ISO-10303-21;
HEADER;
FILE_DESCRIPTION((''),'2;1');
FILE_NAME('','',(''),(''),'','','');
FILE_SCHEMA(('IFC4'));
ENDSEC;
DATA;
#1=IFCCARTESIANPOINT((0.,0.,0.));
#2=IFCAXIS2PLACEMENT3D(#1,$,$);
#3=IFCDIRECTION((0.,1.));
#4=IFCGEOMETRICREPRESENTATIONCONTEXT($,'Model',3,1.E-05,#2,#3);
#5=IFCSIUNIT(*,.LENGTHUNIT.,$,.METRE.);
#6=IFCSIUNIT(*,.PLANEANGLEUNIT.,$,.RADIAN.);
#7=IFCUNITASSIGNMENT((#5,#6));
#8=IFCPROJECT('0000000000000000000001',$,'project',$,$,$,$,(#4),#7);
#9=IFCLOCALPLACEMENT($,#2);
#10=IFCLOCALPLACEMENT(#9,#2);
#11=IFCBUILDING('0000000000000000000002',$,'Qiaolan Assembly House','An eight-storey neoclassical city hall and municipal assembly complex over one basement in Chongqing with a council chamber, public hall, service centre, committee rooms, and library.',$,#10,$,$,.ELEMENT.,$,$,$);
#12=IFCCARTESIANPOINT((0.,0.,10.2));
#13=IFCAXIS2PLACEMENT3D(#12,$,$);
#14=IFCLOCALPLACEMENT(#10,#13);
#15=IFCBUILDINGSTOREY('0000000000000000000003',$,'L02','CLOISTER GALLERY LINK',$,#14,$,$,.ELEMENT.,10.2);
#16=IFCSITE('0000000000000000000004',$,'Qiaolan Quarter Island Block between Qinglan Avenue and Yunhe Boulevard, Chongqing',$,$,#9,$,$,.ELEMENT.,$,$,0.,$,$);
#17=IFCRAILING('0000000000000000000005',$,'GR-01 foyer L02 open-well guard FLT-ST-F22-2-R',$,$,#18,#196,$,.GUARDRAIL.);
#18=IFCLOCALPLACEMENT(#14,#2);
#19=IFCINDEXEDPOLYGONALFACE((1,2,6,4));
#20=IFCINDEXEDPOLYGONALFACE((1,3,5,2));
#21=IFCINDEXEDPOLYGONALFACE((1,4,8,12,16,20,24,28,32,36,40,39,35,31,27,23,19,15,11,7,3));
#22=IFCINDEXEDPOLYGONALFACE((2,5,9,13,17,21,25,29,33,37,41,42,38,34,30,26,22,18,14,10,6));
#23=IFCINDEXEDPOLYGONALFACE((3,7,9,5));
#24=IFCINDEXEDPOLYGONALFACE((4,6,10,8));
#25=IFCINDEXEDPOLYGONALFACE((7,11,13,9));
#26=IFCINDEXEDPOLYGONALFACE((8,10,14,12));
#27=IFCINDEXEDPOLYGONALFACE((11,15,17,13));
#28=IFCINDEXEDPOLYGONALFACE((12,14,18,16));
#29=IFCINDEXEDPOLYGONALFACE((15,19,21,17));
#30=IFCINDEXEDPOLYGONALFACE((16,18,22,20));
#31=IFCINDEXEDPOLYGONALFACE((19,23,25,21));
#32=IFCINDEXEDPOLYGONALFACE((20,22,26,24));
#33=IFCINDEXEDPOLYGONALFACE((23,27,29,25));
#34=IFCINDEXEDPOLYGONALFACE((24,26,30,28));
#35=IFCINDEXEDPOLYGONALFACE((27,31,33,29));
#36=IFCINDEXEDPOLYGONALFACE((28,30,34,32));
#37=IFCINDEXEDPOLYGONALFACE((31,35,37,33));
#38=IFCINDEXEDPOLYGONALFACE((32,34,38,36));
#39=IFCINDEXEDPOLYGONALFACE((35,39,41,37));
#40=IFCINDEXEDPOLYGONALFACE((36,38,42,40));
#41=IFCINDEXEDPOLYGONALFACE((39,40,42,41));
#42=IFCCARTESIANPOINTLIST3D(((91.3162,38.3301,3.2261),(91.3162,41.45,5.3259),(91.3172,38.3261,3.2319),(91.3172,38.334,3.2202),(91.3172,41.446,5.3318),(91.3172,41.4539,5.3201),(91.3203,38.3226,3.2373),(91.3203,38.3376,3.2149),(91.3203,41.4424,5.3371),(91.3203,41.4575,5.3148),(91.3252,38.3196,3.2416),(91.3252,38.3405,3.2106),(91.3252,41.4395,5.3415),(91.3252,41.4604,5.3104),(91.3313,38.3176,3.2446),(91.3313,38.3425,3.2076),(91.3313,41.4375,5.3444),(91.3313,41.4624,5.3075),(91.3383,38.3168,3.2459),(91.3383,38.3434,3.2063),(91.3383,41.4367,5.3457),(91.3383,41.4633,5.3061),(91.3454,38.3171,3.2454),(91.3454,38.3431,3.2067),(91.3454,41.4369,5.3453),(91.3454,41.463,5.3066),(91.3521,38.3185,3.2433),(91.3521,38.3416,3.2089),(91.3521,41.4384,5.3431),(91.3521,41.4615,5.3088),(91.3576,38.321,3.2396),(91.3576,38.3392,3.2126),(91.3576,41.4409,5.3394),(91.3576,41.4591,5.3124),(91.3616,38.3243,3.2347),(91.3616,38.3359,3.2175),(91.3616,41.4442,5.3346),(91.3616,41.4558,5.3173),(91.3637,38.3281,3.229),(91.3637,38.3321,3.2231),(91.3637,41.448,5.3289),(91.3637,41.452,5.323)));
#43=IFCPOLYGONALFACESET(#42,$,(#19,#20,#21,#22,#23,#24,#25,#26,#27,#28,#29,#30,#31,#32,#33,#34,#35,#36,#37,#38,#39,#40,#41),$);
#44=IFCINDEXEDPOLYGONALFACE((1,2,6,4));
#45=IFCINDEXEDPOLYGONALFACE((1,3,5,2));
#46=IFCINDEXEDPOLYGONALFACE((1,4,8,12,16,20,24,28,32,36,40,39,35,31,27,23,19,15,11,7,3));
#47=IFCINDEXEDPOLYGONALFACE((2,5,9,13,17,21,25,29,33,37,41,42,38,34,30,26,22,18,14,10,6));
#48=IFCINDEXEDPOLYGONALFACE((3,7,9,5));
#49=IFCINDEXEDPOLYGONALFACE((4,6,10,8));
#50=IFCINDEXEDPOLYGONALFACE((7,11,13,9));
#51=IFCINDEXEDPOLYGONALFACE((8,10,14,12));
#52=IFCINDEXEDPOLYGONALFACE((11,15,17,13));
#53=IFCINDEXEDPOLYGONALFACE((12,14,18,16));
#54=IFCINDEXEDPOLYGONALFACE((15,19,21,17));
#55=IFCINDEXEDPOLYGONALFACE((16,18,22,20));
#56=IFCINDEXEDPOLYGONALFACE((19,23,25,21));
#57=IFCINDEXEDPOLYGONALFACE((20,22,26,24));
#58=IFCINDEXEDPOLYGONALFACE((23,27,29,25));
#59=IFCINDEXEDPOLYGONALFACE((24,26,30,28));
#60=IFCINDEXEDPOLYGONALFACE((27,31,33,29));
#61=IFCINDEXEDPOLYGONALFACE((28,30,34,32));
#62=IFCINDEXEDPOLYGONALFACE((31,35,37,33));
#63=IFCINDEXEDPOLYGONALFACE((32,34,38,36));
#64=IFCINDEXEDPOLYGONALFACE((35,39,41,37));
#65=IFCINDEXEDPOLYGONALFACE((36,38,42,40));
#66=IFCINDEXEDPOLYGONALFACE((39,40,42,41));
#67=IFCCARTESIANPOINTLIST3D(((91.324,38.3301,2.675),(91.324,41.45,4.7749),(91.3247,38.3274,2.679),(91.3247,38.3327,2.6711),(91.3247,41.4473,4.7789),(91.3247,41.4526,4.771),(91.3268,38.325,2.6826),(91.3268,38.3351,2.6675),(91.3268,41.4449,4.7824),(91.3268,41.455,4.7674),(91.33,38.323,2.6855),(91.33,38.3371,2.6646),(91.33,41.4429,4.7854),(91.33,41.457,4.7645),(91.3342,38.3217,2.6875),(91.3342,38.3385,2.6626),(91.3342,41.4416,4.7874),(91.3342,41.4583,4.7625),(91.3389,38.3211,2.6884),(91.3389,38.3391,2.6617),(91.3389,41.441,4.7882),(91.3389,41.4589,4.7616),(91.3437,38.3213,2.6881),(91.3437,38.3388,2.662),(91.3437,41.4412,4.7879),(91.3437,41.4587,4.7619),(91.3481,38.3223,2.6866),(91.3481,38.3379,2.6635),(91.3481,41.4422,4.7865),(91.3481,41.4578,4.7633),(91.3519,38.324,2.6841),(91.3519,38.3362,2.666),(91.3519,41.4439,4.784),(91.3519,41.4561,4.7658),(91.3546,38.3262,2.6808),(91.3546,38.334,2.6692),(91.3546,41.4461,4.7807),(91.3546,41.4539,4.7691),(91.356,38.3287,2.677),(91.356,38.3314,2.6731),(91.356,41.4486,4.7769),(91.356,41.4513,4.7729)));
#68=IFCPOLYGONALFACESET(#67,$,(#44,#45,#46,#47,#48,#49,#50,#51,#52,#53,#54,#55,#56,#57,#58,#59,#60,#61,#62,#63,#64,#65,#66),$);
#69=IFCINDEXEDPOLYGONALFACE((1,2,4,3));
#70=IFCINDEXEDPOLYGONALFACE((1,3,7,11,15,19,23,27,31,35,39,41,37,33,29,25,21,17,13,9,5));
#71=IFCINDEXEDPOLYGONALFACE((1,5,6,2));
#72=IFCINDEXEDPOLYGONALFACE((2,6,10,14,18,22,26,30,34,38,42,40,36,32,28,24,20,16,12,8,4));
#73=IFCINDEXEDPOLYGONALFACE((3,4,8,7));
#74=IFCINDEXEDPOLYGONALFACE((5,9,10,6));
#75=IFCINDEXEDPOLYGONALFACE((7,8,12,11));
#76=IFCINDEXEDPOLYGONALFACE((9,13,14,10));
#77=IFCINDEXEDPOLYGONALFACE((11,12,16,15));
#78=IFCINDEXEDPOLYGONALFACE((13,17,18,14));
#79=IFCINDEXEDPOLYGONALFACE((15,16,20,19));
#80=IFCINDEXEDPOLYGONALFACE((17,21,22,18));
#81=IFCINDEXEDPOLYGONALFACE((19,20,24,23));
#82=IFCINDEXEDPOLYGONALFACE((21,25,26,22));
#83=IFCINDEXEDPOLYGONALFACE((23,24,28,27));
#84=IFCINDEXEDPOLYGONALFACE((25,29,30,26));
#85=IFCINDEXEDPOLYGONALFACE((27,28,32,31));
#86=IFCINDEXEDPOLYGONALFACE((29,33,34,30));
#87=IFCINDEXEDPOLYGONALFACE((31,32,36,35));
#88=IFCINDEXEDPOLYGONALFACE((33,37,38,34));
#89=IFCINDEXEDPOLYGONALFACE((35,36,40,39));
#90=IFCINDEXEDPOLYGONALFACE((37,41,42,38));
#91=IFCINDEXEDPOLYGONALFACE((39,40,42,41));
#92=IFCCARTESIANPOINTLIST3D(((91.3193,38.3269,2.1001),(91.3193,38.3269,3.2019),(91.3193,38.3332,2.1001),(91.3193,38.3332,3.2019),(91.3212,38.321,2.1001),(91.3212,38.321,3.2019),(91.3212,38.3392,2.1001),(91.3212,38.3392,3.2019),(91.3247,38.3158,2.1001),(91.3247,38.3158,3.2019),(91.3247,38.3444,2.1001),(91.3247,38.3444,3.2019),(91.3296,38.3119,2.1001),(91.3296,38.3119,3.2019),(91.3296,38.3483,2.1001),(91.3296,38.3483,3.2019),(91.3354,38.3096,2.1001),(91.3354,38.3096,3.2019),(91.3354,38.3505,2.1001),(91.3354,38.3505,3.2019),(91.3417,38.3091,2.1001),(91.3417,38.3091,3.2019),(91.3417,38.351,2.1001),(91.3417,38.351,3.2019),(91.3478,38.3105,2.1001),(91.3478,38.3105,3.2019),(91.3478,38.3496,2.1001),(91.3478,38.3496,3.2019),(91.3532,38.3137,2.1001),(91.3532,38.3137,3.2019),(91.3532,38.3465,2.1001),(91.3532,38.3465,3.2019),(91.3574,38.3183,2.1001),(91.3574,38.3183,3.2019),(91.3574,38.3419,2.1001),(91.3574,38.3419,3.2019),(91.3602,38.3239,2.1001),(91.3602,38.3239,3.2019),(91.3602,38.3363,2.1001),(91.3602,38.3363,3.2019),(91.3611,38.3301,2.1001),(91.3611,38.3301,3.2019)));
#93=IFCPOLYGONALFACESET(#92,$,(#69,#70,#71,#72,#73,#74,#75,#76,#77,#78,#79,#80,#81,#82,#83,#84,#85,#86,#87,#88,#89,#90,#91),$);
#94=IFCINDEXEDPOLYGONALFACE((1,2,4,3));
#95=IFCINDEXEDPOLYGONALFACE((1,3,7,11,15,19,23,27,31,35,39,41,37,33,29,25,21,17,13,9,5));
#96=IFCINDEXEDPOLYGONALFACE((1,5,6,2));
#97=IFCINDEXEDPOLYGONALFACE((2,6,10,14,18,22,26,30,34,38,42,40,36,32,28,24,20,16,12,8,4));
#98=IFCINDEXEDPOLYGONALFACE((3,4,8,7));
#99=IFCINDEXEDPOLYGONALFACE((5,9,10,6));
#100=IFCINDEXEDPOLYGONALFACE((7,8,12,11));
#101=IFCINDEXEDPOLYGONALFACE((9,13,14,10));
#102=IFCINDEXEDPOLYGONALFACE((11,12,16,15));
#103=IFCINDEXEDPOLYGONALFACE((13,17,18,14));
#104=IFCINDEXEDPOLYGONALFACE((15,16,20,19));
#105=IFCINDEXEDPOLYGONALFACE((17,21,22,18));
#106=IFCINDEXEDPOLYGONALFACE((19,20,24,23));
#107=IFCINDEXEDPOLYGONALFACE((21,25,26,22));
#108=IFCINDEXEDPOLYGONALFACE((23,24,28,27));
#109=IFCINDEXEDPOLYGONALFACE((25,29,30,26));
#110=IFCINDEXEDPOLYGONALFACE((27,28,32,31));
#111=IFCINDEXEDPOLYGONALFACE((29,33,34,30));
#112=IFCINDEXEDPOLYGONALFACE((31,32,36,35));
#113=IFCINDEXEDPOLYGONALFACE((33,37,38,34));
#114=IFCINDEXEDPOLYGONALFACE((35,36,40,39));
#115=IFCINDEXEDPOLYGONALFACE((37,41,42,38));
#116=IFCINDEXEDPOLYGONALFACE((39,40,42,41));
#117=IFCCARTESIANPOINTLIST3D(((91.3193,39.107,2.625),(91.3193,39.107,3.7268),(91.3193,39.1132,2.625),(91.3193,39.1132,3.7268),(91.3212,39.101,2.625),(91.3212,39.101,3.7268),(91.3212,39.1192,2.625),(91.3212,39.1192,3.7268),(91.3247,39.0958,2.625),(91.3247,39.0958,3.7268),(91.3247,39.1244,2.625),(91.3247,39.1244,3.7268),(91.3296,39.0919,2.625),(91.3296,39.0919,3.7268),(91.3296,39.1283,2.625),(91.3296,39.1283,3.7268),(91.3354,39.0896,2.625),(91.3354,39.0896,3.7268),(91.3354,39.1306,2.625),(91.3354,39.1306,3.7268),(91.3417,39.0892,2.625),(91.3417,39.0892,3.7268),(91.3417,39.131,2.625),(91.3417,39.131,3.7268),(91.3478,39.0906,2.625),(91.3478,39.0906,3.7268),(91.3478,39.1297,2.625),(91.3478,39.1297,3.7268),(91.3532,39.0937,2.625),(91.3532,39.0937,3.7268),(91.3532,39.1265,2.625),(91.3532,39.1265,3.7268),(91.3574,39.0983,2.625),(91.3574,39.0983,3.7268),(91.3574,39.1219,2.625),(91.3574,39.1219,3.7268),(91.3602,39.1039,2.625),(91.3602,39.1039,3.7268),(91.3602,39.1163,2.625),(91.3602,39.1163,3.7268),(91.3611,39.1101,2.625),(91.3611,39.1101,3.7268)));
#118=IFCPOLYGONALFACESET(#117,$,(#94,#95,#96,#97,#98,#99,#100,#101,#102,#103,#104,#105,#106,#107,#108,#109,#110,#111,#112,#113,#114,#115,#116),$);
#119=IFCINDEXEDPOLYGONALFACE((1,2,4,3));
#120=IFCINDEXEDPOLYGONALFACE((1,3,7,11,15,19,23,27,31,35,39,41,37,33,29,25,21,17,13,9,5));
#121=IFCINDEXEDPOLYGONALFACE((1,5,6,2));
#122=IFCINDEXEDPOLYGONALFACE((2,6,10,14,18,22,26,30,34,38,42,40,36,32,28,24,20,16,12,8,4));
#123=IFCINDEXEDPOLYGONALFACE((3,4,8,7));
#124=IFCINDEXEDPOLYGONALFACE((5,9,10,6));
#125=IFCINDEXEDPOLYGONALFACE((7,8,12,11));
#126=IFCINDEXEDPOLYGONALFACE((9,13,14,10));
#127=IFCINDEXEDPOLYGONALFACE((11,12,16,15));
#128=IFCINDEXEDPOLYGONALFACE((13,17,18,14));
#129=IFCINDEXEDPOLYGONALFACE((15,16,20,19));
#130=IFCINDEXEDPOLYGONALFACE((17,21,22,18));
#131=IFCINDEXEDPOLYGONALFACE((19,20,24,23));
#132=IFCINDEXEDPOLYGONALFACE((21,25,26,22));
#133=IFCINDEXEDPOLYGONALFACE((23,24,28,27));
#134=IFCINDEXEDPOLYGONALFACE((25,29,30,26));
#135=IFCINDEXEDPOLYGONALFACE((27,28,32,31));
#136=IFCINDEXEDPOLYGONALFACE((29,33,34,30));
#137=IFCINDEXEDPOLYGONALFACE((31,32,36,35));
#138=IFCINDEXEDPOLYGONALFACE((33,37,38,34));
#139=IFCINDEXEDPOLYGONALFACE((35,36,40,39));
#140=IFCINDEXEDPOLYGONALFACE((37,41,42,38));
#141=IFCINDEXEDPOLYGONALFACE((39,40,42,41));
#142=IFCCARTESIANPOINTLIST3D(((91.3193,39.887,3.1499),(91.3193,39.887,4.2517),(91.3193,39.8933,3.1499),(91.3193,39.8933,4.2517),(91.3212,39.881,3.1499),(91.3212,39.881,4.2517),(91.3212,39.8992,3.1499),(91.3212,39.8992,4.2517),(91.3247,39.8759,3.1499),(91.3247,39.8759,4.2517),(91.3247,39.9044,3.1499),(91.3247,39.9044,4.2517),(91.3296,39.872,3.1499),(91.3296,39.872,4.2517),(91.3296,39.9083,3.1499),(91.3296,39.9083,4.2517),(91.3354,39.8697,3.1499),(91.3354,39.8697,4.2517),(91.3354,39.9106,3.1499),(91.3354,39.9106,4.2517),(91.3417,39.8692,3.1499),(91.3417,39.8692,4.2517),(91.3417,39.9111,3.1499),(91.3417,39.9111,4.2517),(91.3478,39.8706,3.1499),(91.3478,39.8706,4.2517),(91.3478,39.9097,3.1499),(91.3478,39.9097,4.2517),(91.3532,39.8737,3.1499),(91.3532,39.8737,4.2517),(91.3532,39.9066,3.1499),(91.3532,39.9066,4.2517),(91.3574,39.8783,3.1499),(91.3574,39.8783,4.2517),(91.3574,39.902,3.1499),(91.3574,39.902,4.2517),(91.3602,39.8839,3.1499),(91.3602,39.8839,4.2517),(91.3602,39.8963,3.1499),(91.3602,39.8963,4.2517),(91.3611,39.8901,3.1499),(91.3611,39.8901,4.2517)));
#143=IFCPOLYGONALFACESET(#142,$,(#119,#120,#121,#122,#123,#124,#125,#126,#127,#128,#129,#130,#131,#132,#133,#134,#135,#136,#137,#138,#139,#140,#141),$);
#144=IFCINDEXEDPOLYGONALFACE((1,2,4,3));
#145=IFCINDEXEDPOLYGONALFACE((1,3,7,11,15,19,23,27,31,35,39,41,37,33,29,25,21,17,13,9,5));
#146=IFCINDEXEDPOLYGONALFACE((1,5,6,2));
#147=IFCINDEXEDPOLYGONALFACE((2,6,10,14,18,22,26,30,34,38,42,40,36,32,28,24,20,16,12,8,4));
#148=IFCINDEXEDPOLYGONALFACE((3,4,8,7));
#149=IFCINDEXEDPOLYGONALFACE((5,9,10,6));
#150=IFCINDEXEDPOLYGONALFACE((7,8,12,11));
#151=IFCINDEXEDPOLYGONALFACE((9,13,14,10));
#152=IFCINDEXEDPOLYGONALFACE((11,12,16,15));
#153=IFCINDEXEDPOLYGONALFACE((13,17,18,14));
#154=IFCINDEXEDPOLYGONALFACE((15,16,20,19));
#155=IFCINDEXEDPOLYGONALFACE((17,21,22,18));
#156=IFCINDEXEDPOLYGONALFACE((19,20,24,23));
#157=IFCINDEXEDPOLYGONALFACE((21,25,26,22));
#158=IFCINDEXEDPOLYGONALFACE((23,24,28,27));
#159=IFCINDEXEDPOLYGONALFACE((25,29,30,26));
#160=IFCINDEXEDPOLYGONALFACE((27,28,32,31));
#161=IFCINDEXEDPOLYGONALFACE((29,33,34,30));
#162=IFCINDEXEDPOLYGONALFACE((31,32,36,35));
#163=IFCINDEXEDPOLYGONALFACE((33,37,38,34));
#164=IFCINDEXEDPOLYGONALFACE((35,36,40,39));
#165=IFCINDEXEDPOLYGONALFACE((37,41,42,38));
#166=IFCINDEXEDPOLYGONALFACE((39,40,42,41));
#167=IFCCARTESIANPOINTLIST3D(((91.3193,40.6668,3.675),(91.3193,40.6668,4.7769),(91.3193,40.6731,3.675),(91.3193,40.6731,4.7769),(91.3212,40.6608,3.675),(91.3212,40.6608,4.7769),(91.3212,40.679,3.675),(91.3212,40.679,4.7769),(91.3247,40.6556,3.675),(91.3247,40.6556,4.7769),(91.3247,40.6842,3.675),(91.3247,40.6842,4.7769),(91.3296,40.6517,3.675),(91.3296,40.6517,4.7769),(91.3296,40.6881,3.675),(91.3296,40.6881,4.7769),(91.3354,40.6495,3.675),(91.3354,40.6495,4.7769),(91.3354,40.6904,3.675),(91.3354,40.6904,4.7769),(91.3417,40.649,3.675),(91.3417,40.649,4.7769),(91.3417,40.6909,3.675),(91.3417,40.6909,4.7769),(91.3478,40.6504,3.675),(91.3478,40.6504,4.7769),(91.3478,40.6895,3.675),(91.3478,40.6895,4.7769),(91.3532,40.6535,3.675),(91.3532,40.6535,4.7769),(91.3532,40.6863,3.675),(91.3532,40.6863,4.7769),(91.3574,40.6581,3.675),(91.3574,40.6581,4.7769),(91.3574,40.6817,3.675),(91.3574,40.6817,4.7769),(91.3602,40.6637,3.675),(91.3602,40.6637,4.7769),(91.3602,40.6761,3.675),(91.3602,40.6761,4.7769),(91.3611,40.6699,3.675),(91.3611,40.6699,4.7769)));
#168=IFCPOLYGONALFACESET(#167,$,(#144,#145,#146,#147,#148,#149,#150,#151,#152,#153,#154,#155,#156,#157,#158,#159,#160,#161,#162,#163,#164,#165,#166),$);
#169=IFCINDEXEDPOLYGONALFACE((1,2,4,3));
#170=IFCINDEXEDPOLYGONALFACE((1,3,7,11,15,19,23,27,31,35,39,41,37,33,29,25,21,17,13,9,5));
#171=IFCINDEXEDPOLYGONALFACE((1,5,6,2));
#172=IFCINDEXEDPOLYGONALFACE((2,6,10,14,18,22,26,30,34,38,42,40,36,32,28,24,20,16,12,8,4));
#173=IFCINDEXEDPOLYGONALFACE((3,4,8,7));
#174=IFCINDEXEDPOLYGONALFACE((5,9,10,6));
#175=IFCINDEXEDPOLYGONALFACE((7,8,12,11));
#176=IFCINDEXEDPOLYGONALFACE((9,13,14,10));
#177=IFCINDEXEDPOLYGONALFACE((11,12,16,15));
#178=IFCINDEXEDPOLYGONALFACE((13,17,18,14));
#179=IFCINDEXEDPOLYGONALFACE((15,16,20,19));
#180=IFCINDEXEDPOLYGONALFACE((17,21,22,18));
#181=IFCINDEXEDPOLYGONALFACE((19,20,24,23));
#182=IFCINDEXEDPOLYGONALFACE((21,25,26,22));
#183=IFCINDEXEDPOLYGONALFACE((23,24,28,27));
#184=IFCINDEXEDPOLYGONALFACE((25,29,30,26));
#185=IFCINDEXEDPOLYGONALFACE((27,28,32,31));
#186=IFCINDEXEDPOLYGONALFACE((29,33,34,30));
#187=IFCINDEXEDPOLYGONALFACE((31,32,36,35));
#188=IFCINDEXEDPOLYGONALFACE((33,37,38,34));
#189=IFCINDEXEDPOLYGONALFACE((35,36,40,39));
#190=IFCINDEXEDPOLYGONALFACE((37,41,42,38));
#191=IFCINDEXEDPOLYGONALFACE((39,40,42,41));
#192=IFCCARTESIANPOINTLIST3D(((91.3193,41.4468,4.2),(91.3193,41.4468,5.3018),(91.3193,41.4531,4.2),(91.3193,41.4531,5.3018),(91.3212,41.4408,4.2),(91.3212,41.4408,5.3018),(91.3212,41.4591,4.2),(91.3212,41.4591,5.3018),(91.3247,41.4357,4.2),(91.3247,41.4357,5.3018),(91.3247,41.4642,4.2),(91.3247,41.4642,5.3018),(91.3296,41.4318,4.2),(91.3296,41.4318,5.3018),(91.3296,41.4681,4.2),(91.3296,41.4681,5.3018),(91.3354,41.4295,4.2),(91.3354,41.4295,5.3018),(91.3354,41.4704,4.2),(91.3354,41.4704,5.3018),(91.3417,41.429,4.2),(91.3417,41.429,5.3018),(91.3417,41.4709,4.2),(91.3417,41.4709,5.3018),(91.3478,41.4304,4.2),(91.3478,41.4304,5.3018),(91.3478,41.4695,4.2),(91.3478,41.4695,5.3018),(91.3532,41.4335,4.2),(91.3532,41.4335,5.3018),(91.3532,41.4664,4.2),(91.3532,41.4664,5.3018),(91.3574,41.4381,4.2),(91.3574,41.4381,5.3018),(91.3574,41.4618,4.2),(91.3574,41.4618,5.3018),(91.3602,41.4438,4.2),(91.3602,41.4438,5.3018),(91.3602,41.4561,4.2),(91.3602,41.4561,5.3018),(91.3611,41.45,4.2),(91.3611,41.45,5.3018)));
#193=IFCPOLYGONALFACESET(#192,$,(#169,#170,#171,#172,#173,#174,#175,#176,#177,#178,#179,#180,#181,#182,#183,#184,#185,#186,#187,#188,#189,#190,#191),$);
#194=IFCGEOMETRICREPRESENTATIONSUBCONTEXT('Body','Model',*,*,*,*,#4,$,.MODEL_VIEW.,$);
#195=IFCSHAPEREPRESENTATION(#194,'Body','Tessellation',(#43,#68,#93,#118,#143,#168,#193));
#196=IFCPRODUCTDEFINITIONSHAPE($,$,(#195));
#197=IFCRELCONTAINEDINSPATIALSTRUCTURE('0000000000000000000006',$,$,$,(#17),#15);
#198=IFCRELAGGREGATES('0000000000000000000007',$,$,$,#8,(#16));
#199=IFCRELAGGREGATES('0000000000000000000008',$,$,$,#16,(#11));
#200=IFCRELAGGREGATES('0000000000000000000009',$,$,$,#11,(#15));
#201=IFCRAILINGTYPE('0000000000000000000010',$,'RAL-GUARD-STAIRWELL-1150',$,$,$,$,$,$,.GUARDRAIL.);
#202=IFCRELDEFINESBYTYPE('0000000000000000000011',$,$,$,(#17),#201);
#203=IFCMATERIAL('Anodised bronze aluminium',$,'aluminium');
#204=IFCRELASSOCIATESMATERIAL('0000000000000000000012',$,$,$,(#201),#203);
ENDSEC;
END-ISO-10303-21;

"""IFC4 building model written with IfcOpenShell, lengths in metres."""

from ifc_helpers import new_model, si_unit, direction, frame, origin, origin_2d, place, context, subcontext, project, spatial, circle, extrude, material, type_object, element, save


model = new_model("IFC4")

# Units and contexts
model_context = context("Model", 3, precision=1e-05, world=origin(), true_north=direction((0.0, 1.0)))
body_context = subcontext(model_context, "Body", "Model", "MODEL_VIEW")
ifc_project = project(units=[si_unit("LENGTHUNIT", "METRE"), si_unit("PLANEANGLEUNIT", "RADIAN")], contexts=[model_context])

# Site, building, storey
site_placement = place(None, origin())
site = spatial("IfcSite", under=ifc_project, at=site_placement, Name="Qiaolan Quarter Island Block between Qinglan Avenue and Yunhe Boulevard, Chongqing", CompositionType="ELEMENT", RefElevation=0.0)
building_placement = place(site_placement, origin())
building = spatial("IfcBuilding", under=site, at=building_placement, Name="Qiaolan Assembly House", Description="An eight-storey neoclassical city hall and municipal assembly complex over one basement in Chongqing with a council chamber, public hall, service centre, committee rooms, and library.", CompositionType="ELEMENT")
storey_placement = place(building_placement, frame((0.0, 0.0, 10.2)))
storey = spatial("IfcBuildingStorey", under=building, at=storey_placement, Name="L02", Description="CLOISTER GALLERY LINK", CompositionType="ELEMENT", Elevation=10.2)

# Railing
ifc_material_1 = material(Name="Anodised bronze aluminium", Category="aluminium")
railing_type = type_object("IfcRailingType", Name="RAL-GUARD-STAIRWELL-1150", PredefinedType="GUARDRAIL", material=ifc_material_1)
railing_1_placement = place(storey_placement, frame((91.3401, 38.3301, 2.1001)))
element("IfcRailing", 1, at=railing_1_placement, inside=storey, type_object=railing_type, Name="GR-01 foyer L02 open-well guard FLT-ST-F22-2-R", PredefinedType="GUARDRAIL", context=body_context, shape_type="SweptSolid", body=[
    extrude(circle(Radius=0.0239, at=origin_2d()), frame((0.0, 0.0, 1.126), z_axis=(0.0, 0.829595, 0.558365), x_axis=(-1.0, 0.0, 0.0)), (0.0, 0.0, 1.0), 3.7607),
    extrude(circle(Radius=0.0161, at=origin_2d()), frame((0.0, 0.0, 0.575), z_axis=(0.0, 0.829595, 0.558365), x_axis=(-1.0, 0.0, 0.0)), (0.0, 0.0, 1.0), 3.7607),
    extrude(circle(Radius=0.021, at=origin_2d()), origin(), (0.0, 0.0, 1.0), 1.1018),
    extrude(circle(Radius=0.021, at=origin_2d()), frame((0.0, 0.78, 0.5249)), (0.0, 0.0, 1.0), 1.1018),
    extrude(circle(Radius=0.021, at=origin_2d()), frame((0.0, 1.5601, 1.0498)), (0.0, 0.0, 1.0), 1.1018),
    extrude(circle(Radius=0.021, at=origin_2d()), frame((0.0, 2.3398, 1.575)), (0.0, 0.0, 1.0), 1.1018),
    extrude(circle(Radius=0.021, at=origin_2d()), frame((0.0, 3.1199, 2.0999)), (0.0, 0.0, 1.0), 1.1018),
])

save(model, "model.ifc")
